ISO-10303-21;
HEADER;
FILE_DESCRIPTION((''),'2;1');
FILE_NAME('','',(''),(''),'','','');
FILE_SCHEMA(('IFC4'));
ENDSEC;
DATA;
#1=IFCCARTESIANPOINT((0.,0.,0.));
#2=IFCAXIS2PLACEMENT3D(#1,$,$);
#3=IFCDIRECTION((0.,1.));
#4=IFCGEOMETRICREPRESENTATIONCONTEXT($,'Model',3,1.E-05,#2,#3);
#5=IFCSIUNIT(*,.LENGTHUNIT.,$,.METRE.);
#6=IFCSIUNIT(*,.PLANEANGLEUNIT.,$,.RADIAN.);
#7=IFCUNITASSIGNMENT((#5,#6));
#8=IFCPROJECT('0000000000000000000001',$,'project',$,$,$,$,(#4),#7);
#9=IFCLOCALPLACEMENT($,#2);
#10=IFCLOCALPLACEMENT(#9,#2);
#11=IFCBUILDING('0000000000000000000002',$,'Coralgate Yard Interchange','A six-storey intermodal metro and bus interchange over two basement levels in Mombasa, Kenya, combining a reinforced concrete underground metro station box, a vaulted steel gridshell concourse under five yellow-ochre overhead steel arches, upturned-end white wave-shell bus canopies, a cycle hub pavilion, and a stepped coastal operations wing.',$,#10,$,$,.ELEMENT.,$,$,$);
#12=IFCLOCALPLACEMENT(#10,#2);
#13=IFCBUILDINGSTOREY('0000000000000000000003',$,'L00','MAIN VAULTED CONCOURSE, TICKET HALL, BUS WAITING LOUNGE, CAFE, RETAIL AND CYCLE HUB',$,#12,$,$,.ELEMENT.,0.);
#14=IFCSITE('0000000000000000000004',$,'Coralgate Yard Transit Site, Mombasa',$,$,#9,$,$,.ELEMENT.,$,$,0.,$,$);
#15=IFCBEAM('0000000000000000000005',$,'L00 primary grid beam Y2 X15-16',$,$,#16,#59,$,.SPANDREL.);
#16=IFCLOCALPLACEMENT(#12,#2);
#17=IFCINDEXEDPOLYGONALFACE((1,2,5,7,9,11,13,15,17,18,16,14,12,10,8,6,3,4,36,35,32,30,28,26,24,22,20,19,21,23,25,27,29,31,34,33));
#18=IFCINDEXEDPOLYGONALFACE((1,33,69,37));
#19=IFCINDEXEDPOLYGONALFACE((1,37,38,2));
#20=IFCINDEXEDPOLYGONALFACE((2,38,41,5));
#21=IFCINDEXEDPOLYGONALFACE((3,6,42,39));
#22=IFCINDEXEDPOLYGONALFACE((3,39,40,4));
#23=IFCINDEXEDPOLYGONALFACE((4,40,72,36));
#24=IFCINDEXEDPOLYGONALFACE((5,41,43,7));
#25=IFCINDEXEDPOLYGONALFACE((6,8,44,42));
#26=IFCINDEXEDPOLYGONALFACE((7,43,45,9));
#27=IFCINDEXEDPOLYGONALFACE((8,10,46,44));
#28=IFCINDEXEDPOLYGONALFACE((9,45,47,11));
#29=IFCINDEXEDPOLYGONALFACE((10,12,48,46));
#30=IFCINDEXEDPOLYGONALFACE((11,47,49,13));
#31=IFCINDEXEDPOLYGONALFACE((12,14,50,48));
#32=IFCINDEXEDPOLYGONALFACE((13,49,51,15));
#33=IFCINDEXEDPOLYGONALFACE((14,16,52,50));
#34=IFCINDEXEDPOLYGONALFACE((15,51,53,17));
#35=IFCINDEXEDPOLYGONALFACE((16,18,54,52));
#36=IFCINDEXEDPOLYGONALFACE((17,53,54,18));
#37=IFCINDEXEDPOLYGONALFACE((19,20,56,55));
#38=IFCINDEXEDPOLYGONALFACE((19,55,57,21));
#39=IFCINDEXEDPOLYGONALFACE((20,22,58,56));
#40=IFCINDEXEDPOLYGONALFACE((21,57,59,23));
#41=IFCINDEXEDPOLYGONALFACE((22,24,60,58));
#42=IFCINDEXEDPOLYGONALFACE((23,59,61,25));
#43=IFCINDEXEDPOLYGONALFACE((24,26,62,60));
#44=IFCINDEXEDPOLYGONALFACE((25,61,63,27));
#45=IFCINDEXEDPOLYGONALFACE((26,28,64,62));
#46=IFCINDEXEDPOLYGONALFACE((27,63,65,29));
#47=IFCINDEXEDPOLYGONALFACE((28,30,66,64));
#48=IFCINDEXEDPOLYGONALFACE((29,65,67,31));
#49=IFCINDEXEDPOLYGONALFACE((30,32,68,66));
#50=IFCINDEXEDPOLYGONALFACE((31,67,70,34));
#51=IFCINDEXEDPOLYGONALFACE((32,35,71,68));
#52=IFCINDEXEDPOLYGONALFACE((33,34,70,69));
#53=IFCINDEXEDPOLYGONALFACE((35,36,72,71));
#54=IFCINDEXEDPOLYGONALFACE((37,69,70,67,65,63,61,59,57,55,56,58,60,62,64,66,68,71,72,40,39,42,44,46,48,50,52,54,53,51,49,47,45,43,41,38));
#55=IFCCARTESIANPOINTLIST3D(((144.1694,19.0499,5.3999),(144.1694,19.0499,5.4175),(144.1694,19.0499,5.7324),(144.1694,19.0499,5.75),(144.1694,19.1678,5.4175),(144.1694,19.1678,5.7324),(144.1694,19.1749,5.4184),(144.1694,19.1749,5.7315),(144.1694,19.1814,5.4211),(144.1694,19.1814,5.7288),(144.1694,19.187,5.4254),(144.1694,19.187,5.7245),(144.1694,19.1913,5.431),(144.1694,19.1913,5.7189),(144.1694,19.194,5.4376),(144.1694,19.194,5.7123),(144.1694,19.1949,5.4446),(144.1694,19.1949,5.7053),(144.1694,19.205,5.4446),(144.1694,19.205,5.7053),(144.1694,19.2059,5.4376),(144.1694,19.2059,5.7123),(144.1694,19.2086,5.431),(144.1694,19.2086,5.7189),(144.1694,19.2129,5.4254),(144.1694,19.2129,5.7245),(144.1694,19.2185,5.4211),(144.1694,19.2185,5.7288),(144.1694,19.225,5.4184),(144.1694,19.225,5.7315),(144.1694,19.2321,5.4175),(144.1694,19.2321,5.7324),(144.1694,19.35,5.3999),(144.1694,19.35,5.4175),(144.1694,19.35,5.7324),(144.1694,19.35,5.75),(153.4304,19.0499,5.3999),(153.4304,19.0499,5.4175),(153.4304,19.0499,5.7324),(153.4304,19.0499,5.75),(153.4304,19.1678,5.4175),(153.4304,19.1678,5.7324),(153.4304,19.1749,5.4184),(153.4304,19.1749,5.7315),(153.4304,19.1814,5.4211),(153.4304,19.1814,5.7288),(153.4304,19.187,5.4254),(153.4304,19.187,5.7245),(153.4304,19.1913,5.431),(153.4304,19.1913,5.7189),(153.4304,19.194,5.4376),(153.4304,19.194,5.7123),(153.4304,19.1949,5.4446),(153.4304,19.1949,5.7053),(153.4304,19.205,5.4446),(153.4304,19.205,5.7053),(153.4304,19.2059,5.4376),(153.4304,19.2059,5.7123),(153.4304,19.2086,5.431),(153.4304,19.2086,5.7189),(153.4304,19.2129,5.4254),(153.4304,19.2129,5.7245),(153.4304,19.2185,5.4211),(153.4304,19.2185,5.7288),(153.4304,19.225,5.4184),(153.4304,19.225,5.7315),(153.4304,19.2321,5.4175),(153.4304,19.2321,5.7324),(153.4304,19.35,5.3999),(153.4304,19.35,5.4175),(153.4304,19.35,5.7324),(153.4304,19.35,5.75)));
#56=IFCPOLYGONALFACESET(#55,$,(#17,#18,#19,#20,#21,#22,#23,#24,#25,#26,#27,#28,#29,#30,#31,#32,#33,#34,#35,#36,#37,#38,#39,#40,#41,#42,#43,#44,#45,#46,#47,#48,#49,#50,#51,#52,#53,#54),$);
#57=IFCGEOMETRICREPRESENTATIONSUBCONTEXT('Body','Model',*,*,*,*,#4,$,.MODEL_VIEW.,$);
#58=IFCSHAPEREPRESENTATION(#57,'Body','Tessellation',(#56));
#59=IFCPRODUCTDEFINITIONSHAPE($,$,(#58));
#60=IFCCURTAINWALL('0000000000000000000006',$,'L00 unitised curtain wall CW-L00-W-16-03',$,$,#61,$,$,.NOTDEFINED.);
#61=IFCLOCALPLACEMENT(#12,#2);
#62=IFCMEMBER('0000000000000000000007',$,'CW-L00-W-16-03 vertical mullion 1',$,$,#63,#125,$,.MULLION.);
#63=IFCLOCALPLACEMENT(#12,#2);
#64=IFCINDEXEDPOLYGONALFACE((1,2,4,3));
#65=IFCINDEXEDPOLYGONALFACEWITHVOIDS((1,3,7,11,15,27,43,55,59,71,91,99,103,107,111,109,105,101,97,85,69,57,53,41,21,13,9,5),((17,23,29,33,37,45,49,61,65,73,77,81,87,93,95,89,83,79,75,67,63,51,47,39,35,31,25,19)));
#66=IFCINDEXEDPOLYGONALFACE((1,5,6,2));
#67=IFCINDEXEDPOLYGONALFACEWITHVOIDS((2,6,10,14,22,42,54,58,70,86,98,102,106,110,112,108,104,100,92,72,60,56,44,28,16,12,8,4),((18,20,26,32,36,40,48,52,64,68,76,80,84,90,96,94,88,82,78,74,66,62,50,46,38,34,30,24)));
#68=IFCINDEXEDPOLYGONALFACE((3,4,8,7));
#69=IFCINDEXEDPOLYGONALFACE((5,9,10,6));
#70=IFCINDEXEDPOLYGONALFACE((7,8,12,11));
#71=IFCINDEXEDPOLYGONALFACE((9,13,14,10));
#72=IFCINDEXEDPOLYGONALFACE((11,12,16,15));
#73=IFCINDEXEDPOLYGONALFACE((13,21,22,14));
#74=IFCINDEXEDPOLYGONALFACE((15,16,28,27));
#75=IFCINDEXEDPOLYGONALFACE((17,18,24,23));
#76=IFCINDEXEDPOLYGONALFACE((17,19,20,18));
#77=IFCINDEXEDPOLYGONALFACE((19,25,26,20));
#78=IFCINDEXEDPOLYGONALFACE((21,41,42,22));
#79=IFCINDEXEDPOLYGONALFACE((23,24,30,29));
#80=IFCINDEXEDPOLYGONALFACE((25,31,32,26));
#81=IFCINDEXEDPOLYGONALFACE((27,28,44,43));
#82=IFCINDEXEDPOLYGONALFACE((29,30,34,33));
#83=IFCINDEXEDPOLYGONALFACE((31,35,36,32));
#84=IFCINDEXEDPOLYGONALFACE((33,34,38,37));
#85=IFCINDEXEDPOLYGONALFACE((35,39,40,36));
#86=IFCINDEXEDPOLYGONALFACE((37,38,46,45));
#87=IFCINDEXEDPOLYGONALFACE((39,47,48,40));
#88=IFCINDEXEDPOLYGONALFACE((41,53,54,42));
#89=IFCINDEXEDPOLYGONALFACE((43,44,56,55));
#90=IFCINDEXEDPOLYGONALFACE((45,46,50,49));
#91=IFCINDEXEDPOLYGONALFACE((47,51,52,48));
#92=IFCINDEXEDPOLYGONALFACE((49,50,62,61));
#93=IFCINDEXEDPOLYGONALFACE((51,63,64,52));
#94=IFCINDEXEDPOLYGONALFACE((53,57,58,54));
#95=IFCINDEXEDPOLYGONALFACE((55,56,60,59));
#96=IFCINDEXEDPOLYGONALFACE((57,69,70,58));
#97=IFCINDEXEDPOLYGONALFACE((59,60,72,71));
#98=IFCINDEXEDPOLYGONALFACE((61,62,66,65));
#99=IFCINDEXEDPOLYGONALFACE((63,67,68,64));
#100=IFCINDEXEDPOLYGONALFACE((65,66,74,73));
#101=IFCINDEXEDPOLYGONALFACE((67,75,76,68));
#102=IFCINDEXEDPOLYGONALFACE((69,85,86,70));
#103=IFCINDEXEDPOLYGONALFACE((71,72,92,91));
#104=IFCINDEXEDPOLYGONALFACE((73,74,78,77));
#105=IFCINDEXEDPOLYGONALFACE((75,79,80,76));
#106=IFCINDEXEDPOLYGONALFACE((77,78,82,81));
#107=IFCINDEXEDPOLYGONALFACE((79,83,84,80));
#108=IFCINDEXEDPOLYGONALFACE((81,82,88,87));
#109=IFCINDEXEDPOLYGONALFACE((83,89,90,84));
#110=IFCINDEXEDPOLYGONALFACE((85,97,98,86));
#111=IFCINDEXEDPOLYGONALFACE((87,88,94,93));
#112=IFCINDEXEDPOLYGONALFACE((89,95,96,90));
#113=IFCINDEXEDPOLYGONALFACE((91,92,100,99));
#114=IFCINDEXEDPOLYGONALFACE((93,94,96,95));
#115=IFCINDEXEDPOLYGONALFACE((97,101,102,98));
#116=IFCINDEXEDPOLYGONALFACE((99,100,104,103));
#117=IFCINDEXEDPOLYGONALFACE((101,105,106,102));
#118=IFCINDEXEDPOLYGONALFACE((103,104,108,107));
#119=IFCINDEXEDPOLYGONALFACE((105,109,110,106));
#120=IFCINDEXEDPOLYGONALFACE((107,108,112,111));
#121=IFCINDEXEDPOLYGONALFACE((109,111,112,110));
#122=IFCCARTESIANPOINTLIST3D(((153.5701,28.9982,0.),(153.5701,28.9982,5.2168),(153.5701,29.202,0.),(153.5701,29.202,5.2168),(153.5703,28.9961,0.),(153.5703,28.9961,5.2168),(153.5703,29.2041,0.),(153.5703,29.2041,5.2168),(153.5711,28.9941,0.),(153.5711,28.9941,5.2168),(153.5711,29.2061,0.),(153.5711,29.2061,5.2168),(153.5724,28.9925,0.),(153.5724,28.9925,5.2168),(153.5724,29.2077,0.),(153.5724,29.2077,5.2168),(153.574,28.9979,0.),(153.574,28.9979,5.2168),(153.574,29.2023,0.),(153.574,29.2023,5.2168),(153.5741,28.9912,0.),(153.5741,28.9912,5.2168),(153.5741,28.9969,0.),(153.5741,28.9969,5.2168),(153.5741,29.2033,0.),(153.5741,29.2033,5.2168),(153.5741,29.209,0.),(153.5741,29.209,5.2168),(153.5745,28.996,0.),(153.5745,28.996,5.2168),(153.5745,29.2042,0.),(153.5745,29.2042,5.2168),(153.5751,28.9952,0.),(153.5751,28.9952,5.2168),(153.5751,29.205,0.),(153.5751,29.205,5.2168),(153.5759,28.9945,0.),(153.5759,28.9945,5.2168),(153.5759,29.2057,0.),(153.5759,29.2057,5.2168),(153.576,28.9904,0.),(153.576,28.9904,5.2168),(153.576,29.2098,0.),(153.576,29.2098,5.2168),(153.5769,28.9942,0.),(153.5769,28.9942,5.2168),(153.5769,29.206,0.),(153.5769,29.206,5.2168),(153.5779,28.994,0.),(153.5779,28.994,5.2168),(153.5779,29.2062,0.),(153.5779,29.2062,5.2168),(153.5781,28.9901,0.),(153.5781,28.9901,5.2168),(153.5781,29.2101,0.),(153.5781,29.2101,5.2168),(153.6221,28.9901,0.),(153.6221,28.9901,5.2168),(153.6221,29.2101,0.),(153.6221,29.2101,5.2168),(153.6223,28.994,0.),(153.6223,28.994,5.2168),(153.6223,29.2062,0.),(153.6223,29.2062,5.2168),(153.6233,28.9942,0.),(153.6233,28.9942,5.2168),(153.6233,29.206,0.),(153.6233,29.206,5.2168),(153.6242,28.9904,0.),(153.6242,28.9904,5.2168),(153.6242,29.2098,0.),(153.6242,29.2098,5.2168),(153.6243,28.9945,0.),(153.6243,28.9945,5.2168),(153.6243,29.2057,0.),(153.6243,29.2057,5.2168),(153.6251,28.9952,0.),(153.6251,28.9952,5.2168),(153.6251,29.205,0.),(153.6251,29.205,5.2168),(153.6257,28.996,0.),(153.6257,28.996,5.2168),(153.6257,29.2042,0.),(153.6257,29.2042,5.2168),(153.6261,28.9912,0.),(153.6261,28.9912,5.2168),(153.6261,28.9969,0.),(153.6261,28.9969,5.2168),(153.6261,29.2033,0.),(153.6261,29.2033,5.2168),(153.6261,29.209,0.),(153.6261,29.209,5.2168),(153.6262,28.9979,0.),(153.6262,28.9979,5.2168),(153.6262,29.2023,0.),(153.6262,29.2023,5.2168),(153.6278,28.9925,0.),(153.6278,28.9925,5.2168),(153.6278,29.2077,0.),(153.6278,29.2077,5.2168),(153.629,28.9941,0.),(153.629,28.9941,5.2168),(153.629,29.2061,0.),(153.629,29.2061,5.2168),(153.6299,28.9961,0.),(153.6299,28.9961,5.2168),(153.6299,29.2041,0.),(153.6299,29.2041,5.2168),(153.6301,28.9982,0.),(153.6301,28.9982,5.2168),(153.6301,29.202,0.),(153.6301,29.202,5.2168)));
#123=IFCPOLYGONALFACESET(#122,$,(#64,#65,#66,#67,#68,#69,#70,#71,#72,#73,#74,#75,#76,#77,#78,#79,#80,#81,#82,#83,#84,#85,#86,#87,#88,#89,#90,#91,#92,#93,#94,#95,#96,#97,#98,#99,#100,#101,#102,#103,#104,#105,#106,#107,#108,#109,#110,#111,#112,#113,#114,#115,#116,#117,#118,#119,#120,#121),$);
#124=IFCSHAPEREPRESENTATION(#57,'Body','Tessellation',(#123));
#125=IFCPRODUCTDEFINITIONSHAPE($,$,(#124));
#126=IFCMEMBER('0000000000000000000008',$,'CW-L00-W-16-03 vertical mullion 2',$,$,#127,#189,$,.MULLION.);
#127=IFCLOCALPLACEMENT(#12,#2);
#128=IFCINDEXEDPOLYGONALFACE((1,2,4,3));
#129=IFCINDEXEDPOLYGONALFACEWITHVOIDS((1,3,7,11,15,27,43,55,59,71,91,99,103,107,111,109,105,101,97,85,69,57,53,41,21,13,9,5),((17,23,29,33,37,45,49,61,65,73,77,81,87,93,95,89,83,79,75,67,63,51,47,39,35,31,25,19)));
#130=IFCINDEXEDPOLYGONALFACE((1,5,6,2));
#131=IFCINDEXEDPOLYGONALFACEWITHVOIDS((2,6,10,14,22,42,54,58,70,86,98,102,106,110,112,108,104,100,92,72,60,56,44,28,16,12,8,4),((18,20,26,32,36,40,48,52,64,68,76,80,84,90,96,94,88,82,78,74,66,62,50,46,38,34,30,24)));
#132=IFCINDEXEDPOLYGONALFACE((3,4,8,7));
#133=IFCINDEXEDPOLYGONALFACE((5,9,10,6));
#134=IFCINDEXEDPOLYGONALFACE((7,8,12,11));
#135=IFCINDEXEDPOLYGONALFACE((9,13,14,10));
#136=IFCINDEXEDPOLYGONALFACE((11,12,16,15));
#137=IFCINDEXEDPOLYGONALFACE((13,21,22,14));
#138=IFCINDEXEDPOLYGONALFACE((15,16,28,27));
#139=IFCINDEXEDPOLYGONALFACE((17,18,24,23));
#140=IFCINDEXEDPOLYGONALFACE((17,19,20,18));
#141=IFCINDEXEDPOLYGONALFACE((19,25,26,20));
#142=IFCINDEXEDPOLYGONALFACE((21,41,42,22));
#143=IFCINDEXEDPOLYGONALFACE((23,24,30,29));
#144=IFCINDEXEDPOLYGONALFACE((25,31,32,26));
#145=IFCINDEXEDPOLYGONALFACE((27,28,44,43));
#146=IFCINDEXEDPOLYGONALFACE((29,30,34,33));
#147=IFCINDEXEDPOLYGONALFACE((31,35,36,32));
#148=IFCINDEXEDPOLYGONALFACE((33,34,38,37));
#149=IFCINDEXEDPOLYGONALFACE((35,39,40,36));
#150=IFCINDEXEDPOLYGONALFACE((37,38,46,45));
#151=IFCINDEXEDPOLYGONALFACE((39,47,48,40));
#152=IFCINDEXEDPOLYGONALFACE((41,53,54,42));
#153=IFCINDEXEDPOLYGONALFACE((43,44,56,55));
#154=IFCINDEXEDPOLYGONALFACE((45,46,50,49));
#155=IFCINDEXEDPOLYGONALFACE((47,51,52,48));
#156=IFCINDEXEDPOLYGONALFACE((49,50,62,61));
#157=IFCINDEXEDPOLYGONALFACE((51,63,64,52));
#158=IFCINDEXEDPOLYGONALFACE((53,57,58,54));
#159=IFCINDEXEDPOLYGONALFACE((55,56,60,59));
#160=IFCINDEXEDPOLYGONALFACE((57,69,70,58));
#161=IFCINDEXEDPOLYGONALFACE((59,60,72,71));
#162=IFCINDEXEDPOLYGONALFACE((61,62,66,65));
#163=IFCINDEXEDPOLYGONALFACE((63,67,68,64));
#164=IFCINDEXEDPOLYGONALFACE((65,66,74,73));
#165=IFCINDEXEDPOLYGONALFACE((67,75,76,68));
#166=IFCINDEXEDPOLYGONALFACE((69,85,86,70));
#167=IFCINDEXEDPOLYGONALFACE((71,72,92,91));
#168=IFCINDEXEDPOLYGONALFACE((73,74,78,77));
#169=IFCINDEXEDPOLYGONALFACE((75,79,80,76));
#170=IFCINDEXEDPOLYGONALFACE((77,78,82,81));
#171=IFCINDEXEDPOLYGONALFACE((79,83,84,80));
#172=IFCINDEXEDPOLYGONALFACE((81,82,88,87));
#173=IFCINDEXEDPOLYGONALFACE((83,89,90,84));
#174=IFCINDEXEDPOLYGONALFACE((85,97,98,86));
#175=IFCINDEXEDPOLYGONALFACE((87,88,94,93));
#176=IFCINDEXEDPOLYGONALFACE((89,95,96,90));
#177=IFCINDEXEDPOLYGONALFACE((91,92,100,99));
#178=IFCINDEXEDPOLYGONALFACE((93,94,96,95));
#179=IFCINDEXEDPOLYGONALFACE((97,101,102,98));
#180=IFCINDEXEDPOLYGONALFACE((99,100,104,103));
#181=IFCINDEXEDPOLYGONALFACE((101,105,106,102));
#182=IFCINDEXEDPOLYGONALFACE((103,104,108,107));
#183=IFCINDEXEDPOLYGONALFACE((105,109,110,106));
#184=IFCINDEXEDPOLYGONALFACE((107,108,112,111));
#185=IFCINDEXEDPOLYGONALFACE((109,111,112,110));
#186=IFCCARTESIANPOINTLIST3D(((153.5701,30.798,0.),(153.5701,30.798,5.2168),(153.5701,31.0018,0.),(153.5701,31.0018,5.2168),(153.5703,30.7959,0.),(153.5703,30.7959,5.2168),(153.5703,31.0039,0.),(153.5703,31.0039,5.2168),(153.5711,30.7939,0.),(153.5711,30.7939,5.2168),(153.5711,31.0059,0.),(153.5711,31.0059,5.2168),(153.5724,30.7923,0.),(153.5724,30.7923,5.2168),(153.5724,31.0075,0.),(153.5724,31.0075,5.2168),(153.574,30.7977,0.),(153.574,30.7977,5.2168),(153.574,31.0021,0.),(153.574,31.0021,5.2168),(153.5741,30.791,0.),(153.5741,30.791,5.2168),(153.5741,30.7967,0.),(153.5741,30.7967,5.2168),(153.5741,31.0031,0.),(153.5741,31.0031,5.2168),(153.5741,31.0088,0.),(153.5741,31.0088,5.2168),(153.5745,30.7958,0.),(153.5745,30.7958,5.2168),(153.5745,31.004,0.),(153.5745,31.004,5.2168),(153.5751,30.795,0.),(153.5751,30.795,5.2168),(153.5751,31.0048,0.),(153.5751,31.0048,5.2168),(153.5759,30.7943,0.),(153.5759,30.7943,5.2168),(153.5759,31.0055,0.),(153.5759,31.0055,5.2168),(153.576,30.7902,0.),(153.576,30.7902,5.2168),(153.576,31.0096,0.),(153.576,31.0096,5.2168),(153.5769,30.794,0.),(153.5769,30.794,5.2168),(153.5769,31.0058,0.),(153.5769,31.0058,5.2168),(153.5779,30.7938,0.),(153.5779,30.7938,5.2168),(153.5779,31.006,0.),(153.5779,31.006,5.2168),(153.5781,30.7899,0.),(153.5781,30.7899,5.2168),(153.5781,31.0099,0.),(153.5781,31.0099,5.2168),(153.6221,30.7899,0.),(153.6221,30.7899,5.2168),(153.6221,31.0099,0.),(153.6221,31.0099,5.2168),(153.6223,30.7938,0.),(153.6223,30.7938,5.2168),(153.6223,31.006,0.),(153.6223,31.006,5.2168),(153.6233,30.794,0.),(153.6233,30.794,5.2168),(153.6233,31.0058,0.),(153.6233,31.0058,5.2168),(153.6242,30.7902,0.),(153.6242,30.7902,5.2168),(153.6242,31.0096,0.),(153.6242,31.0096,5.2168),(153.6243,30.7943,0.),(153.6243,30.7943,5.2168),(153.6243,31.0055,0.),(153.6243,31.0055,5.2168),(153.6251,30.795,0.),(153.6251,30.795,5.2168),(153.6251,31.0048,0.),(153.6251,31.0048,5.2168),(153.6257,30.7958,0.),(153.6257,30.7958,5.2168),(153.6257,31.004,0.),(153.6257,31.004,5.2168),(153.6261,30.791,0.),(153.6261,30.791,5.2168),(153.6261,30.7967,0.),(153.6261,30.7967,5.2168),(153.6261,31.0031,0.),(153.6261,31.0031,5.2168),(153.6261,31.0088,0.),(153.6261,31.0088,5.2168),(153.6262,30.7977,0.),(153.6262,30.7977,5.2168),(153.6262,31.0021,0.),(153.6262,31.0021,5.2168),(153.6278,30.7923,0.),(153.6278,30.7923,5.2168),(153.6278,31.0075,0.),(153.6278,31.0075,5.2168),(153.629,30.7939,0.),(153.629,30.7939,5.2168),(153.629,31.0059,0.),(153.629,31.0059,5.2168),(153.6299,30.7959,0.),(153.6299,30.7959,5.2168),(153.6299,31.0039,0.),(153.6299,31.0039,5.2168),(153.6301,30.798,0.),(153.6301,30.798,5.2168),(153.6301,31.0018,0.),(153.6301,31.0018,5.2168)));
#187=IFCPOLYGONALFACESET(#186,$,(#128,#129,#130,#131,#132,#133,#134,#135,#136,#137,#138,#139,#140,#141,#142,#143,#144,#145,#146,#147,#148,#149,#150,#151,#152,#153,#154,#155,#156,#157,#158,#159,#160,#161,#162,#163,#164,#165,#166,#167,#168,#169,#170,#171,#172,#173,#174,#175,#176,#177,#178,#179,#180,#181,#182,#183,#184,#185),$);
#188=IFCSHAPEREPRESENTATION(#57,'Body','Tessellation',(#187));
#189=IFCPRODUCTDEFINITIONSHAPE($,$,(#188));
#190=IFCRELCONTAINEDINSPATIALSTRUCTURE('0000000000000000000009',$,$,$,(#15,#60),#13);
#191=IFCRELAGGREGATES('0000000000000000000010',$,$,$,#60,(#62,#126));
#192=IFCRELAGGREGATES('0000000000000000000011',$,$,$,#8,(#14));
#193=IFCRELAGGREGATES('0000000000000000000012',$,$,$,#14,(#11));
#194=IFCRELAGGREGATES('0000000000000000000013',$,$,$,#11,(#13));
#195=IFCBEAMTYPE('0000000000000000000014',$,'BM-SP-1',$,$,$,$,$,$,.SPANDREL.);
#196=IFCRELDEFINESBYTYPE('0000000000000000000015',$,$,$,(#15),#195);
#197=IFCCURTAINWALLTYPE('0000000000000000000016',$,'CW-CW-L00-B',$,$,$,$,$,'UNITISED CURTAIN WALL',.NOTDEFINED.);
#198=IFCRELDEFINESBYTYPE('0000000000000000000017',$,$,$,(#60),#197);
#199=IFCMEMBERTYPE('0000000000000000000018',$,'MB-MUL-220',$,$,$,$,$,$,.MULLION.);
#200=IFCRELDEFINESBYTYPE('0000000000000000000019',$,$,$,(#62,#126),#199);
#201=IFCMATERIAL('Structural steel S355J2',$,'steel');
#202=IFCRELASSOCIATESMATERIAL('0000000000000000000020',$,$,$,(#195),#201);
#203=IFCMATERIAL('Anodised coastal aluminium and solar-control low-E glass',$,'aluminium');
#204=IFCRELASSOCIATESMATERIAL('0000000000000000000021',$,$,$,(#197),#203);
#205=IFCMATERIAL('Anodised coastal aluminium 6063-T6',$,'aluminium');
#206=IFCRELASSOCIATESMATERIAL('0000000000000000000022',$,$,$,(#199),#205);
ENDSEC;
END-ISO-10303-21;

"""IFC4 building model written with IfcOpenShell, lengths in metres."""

from ifc_helpers import new_model, si_unit, direction, frame, origin, origin_2d, place, context, subcontext, project, spatial, hollow_rectangle, i_section, extrude, material, material_profile, profile_set, type_object, element, aggregate, save


model = new_model("IFC4")

# Units and contexts
model_context = context("Model", 3, precision=1e-05, world=origin(), true_north=direction((0.0, 1.0)))
body_context = subcontext(model_context, "Body", "Model", "MODEL_VIEW")
ifc_project = project(units=[si_unit("LENGTHUNIT", "METRE"), si_unit("PLANEANGLEUNIT", "RADIAN")], contexts=[model_context])

# Site, building, storey
site_placement = place(None, origin())
site = spatial("IfcSite", under=ifc_project, at=site_placement, Name="Coralgate Yard Transit Site, Mombasa", CompositionType="ELEMENT", RefElevation=0.0)
building_placement = place(site_placement, origin())
building = spatial("IfcBuilding", under=site, at=building_placement, Name="Coralgate Yard Interchange", Description="A six-storey intermodal metro and bus interchange over two basement levels in Mombasa, Kenya, combining a reinforced concrete underground metro station box, a vaulted steel gridshell concourse under five yellow-ochre overhead steel arches, upturned-end white wave-shell bus canopies, a cycle hub pavilion, and a stepped coastal operations wing.", CompositionType="ELEMENT")
storey_placement = place(building_placement, origin())
storey = spatial("IfcBuildingStorey", under=building, at=storey_placement, Name="L00", Description="MAIN VAULTED CONCOURSE, TICKET HALL, BUS WAITING LOUNGE, CAFE, RETAIL AND CYCLE HUB", CompositionType="ELEMENT", Elevation=0.0)

# Shared definitions
ifc_material_1 = material(Name="Structural steel S355J2", Category="steel")

# Beam
ifc_material_profile_1 = material_profile(ifc_material_1, i_section(OverallWidth=0.3, OverallDepth=0.3501, WebThickness=0.01, FlangeThickness=0.0176, FilletRadius=0.0271, at=origin_2d()), Name="HEA 360")
ifc_profile_set_1 = profile_set([ifc_material_profile_1], Name="Structural steel S355J2")
beam_type_1 = type_object("IfcBeamType", Name="BM-SP-1", PredefinedType="SPANDREL", material=ifc_profile_set_1)
beam_1_placement = place(storey_placement, frame((144.1694, 19.2, 5.575), z_axis=(1.0, 0.0, 0.0), x_axis=(0.0, 1.0, 0.0)))
element("IfcBeam", 1, at=beam_1_placement, inside=storey, type_object=beam_type_1, Name="L00 primary grid beam Y2 X15-16", PredefinedType="SPANDREL", context=body_context, shape_type="SweptSolid", body=[
    extrude(i_section(OverallWidth=0.3, OverallDepth=0.3501, WebThickness=0.01, FlangeThickness=0.0176, FilletRadius=0.0271, at=origin_2d()), origin(), (0.0, 0.0, 1.0), 9.261),
])

# Curtain wall, members
ifc_material_2 = material(Name="Anodised coastal aluminium and solar-control low-E glass", Category="aluminium")
curtain_wall_type = type_object("IfcCurtainWallType", Name="CW-CW-L00-B", ElementType="UNITISED CURTAIN WALL", PredefinedType="NOTDEFINED", material=ifc_material_2)
curtain_wall_placement = place(storey_placement, origin())
curtain_wall = element("IfcCurtainWall", 2, at=curtain_wall_placement, inside=storey, type_object=curtain_wall_type, Name="L00 unitised curtain wall CW-L00-W-16-03", PredefinedType="NOTDEFINED")
ifc_material_3 = material(Name="Anodised coastal aluminium 6063-T6", Category="aluminium")
ifc_material_profile_2 = material_profile(ifc_material_3, hollow_rectangle(XDim=0.0601, YDim=0.22, WallThickness=0.0039, InnerFilletRadius=0.0039, OuterFilletRadius=0.0081, at=origin_2d()), Name="ALU 60x220x4")
ifc_profile_set_2 = profile_set([ifc_material_profile_2], Name="Anodised coastal aluminium 6063-T6")
member_type_1 = type_object("IfcMemberType", Name="MB-MUL-220", PredefinedType="MULLION", material=ifc_profile_set_2)
member_1_placement = place(storey_placement, frame((153.6001, 29.1001, 0.0), z_axis=(0.0, 0.0, 1.0), x_axis=(1.0, 0.0, 0.0)))
member_1 = element("IfcMember", 3, at=member_1_placement, type_object=member_type_1, Name="CW-L00-W-16-03 vertical mullion 1", PredefinedType="MULLION", context=body_context, shape_type="SweptSolid", body=[
    extrude(hollow_rectangle(XDim=0.0601, YDim=0.22, WallThickness=0.0039, InnerFilletRadius=0.0039, OuterFilletRadius=0.0081, at=origin_2d()), origin(), (0.0, 0.0, 1.0), 5.2168),
])
member_2_placement = place(storey_placement, frame((153.6001, 30.8999, 0.0), z_axis=(0.0, 0.0, 1.0), x_axis=(1.0, 0.0, 0.0)))
member_2 = element("IfcMember", 4, at=member_2_placement, type_object=member_type_1, Name="CW-L00-W-16-03 vertical mullion 2", PredefinedType="MULLION", context=body_context, shape_type="SweptSolid", body=[
    extrude(hollow_rectangle(XDim=0.0601, YDim=0.22, WallThickness=0.0039, InnerFilletRadius=0.0039, OuterFilletRadius=0.0081, at=origin_2d()), origin(), (0.0, 0.0, 1.0), 5.2168),
])
aggregate(curtain_wall, [member_1, member_2])

save(model, "model.ifc")
